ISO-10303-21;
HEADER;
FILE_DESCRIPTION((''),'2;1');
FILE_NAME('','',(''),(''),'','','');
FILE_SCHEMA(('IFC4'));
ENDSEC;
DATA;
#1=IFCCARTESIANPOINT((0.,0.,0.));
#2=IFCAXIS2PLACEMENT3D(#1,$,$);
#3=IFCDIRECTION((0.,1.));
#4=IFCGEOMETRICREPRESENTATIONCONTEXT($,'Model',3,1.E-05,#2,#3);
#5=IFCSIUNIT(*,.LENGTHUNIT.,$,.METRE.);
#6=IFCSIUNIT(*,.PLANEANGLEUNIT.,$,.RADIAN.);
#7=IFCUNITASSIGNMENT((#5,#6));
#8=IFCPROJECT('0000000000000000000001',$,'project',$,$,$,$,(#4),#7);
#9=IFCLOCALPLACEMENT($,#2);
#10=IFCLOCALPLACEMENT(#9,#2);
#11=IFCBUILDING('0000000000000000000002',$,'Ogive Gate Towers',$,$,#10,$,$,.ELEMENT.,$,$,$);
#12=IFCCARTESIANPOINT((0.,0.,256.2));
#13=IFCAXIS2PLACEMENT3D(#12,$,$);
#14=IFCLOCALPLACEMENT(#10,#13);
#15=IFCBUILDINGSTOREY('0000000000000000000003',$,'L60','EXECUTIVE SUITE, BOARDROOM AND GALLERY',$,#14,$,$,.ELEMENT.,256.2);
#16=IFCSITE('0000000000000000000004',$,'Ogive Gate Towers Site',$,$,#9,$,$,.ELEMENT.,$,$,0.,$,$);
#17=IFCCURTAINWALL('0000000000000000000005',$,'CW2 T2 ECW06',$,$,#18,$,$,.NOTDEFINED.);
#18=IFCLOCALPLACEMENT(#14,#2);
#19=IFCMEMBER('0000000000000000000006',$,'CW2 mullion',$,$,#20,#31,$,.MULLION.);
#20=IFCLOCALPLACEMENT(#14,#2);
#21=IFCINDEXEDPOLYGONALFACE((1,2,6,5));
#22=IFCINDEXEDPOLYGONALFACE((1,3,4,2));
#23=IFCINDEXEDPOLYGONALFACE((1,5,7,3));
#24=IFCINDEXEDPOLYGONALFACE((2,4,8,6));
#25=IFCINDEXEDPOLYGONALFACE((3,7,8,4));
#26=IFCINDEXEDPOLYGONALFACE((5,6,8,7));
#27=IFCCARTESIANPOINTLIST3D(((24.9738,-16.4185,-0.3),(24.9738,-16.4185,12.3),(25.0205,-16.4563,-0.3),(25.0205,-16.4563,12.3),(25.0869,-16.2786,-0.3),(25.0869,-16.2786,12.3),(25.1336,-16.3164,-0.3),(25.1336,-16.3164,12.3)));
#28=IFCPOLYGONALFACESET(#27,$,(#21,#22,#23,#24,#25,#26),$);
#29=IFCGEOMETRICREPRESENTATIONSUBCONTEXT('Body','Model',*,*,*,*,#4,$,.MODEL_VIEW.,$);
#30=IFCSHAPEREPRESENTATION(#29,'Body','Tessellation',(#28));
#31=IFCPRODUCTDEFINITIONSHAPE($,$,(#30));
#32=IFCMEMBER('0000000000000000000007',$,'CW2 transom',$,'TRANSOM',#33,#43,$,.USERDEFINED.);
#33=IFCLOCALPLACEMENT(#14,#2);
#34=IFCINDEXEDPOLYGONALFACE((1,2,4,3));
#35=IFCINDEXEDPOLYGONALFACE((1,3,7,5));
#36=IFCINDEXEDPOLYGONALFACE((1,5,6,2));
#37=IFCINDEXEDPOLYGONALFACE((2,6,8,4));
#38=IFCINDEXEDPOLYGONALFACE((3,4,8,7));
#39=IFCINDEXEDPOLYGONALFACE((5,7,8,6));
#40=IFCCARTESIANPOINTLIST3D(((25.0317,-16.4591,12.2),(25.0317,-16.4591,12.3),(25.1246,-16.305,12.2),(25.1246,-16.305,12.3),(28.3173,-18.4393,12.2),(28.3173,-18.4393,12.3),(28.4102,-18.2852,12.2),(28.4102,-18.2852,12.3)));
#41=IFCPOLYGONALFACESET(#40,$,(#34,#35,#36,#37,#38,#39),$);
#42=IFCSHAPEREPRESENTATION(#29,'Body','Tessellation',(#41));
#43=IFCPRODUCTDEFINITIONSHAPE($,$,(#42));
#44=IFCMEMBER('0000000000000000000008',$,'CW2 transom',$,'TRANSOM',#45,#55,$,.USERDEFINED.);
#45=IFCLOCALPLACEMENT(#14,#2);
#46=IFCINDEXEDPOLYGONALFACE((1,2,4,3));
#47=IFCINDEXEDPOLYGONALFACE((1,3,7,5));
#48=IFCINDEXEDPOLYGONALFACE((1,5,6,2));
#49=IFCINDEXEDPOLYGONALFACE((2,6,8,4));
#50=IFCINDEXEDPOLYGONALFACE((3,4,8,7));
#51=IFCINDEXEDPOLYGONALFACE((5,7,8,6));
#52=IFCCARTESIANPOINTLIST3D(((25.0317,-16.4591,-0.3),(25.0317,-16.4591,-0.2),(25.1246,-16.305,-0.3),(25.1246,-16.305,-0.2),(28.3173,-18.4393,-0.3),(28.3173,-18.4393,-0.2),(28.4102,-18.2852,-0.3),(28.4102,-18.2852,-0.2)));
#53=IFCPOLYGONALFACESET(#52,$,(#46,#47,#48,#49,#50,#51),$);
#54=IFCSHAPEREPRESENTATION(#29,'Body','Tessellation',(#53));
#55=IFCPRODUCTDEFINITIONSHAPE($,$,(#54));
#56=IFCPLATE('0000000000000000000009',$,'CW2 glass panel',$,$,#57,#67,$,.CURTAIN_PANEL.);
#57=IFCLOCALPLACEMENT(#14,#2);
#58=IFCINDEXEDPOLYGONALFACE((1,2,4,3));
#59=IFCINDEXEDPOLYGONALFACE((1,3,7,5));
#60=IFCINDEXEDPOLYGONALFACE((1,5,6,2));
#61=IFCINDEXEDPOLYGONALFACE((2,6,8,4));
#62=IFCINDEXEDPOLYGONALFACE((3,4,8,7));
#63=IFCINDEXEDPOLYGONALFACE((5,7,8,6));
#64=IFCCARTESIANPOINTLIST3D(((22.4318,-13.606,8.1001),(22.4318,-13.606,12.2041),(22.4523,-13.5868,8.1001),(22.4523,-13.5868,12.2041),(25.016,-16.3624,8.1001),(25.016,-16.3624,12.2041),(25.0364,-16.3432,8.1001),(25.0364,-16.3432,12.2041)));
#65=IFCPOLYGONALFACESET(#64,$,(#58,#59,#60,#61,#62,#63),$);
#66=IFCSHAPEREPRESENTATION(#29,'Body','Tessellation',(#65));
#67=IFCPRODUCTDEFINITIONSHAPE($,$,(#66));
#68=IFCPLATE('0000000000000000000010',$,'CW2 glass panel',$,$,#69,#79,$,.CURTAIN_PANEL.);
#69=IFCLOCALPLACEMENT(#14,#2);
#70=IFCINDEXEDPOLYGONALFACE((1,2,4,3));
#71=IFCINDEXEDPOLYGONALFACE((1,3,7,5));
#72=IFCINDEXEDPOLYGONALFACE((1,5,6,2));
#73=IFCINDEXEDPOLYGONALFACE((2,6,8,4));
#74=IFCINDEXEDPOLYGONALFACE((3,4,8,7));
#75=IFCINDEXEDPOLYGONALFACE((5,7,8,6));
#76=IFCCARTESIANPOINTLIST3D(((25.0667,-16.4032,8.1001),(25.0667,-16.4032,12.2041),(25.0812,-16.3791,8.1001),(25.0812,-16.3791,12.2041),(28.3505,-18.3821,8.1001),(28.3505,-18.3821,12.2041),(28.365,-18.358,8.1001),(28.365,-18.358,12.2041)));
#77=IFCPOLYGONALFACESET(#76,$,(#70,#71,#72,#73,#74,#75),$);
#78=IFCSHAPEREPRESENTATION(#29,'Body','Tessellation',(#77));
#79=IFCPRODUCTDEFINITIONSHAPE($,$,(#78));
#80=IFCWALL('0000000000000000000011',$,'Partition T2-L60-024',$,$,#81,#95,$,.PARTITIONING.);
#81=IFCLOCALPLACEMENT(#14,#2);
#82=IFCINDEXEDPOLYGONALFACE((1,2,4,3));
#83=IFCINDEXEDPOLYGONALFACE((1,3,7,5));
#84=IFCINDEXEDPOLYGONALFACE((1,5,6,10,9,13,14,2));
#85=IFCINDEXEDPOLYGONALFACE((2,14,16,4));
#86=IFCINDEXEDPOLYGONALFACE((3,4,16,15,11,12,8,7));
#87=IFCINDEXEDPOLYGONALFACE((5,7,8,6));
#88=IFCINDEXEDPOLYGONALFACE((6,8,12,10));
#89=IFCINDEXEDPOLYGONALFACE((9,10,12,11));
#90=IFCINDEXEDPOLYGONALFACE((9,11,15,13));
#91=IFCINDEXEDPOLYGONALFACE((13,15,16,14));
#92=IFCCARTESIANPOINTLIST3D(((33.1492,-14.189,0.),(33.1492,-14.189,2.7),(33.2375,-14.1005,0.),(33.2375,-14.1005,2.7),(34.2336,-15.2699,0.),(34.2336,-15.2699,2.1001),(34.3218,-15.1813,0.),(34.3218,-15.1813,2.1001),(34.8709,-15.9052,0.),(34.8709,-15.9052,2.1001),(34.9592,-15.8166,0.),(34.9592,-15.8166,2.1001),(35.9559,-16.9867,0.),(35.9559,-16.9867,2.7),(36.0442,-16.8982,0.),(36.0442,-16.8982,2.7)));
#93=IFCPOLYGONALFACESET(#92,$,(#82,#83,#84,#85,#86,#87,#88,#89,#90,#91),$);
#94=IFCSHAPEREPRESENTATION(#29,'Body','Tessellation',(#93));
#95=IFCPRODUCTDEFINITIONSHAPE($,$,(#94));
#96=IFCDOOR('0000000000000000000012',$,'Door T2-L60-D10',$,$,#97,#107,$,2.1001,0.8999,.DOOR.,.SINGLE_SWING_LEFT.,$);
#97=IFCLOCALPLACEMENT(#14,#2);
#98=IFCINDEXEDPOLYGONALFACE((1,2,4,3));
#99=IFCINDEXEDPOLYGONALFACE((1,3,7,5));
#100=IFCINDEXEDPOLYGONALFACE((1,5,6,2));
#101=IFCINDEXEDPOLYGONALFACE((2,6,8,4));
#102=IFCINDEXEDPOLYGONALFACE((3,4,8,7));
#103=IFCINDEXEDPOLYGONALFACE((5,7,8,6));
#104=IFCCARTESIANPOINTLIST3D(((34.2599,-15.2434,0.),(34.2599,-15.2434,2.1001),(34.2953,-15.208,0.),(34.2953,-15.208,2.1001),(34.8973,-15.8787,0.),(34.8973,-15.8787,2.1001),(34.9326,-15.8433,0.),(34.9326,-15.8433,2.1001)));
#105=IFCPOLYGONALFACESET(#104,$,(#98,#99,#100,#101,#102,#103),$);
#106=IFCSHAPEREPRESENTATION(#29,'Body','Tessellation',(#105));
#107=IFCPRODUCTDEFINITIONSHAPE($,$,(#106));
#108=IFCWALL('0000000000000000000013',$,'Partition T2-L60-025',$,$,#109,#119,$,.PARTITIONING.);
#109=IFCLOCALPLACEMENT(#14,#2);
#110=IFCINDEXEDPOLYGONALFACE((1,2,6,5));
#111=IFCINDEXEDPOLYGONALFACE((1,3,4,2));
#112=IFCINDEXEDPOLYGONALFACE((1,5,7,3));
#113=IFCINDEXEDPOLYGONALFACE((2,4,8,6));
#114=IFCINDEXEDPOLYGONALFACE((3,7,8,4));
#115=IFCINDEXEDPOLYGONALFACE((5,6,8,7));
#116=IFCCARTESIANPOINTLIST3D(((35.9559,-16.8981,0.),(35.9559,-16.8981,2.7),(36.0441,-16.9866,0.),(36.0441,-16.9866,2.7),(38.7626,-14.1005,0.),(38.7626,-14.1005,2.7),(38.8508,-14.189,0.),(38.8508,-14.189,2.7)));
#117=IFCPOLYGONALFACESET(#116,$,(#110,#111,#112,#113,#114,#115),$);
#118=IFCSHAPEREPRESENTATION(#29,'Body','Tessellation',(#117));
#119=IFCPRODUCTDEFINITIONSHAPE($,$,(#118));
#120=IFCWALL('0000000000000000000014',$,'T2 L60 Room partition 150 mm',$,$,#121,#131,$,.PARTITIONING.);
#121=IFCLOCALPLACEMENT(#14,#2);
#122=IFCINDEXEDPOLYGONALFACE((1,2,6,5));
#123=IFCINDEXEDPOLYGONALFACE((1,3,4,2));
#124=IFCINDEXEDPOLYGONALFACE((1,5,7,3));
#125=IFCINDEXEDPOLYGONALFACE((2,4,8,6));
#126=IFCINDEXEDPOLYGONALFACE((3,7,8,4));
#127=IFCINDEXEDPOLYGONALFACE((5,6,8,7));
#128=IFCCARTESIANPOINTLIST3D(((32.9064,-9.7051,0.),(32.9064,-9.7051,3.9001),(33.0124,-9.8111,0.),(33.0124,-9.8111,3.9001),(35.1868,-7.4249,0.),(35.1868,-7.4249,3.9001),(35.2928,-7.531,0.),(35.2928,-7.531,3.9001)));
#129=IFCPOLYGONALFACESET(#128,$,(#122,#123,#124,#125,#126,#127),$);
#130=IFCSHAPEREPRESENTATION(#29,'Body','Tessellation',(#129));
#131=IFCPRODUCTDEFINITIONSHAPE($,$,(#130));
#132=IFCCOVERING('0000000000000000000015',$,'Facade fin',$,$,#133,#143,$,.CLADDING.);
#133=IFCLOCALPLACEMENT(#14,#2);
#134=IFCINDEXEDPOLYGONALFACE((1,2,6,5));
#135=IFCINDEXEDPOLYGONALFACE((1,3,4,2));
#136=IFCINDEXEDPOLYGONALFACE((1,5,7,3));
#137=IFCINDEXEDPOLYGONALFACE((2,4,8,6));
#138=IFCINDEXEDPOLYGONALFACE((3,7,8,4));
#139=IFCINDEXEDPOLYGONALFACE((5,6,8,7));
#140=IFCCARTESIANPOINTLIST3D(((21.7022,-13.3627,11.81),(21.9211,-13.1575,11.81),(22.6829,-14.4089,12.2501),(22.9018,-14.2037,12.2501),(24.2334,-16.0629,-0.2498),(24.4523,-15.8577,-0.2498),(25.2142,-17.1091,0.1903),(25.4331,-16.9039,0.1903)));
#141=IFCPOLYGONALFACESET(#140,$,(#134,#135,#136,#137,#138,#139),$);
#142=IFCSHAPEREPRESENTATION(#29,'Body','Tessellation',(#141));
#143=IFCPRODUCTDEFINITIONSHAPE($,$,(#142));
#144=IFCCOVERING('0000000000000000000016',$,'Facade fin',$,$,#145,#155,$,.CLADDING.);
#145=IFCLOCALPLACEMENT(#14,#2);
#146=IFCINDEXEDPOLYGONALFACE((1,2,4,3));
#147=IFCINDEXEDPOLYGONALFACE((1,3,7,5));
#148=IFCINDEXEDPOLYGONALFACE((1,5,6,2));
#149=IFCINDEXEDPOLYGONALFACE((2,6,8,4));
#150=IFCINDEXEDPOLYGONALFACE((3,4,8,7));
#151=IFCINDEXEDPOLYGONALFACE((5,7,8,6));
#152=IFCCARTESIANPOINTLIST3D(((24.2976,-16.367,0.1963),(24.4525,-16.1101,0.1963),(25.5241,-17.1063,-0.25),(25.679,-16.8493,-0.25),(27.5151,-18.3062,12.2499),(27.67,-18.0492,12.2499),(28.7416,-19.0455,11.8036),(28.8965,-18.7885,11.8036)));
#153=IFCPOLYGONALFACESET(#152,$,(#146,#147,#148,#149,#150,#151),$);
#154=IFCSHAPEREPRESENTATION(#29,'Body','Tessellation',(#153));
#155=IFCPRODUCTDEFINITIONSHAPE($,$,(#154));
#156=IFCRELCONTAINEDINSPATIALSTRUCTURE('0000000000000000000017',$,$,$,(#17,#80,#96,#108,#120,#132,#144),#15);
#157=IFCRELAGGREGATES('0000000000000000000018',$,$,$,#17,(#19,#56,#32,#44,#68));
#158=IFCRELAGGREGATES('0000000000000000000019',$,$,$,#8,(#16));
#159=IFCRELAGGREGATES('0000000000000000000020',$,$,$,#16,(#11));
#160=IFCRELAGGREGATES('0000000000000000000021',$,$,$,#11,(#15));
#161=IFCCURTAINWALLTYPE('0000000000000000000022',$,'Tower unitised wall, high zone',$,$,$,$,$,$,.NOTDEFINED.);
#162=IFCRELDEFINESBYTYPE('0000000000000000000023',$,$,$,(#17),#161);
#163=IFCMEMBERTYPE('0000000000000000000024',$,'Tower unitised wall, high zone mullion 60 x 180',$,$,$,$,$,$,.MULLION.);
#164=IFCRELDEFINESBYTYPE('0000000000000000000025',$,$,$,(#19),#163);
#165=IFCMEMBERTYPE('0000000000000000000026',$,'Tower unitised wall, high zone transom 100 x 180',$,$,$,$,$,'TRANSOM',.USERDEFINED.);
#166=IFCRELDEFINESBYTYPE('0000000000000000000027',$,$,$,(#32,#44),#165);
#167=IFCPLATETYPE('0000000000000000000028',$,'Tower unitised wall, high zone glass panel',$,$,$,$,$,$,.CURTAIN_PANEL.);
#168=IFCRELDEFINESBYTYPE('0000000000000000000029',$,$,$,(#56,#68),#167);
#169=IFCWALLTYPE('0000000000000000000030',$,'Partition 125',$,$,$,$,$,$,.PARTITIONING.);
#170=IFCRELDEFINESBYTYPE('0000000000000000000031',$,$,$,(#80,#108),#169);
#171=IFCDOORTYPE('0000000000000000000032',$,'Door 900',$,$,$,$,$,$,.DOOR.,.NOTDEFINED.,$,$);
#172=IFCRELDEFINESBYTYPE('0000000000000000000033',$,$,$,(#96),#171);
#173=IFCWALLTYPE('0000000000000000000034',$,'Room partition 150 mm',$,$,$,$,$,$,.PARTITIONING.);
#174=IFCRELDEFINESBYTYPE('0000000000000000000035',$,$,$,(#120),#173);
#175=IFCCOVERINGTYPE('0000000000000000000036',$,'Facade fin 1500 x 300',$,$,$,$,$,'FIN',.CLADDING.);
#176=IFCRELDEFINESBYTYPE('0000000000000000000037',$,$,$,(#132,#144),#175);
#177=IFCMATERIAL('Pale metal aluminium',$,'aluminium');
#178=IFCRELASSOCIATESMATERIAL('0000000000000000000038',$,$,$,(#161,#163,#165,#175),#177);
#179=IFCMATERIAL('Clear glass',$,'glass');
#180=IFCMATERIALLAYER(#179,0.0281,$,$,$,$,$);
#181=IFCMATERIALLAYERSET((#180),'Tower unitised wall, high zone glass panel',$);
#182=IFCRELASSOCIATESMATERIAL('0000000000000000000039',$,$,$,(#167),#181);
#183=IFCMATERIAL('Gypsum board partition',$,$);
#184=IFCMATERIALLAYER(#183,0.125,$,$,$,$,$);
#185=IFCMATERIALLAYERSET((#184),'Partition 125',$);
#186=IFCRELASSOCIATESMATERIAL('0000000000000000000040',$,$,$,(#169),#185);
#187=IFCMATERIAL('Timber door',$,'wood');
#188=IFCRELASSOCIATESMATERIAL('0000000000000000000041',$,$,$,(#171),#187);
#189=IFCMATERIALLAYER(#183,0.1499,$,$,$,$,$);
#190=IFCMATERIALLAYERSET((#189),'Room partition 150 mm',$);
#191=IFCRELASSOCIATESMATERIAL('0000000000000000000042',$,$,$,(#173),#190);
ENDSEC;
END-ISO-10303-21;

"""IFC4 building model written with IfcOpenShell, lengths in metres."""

from ifc_helpers import new_model, si_unit, direction, frame, frame_2d, origin, origin_2d, place, context, subcontext, project, spatial, rectangle, extrude, material, layer, layer_set, material_profile, profile_set, type_object, element, fill, aggregate, save


model = new_model("IFC4")

# Units and contexts
model_context = context("Model", 3, precision=1e-05, world=origin(), true_north=direction((0.0, 1.0)))
body_context = subcontext(model_context, "Body", "Model", "MODEL_VIEW")
ifc_project = project(units=[si_unit("LENGTHUNIT", "METRE"), si_unit("PLANEANGLEUNIT", "RADIAN")], contexts=[model_context])

# Site, building, storey
site_placement = place(None, origin())
site = spatial("IfcSite", under=ifc_project, at=site_placement, Name="Ogive Gate Towers Site", CompositionType="ELEMENT", RefElevation=0.0)
building_placement = place(site_placement, origin())
building = spatial("IfcBuilding", under=site, at=building_placement, Name="Ogive Gate Towers", CompositionType="ELEMENT")
storey_placement = place(building_placement, frame((0.0, 0.0, 256.2)))
storey = spatial("IfcBuildingStorey", under=building, at=storey_placement, Name="L60", Description="EXECUTIVE SUITE, BOARDROOM AND GALLERY", CompositionType="ELEMENT", Elevation=256.2)

# Curtain wall, members, plates
ifc_material_1 = material(Name="Pale metal aluminium", Category="aluminium")
curtain_wall_type = type_object("IfcCurtainWallType", Name="Tower unitised wall, high zone", PredefinedType="NOTDEFINED", material=ifc_material_1)
curtain_wall_placement = place(storey_placement, origin())
curtain_wall = element("IfcCurtainWall", 1, at=curtain_wall_placement, inside=storey, type_object=curtain_wall_type, Name="CW2 T2 ECW06", PredefinedType="NOTDEFINED")
ifc_material_profile_1 = material_profile(ifc_material_1, rectangle(XDim=0.1799, YDim=0.0601, at=origin_2d()), Name="60 x 180 aluminium box")
ifc_profile_set_1 = profile_set([ifc_material_profile_1], Name="Pale metal aluminium")
member_type_1 = type_object("IfcMemberType", Name="Tower unitised wall, high zone mullion 60 x 180", PredefinedType="MULLION", material=ifc_profile_set_1)
member_1_placement = place(storey_placement, frame((25.0537, -16.3674, -0.3), z_axis=(0.0, 0.0, 1.0), x_axis=(-0.628791, -0.777574, 0.0)))
member_1 = element("IfcMember", 2, at=member_1_placement, type_object=member_type_1, Name="CW2 mullion", PredefinedType="MULLION", context=body_context, shape_type="SweptSolid", body=[
    extrude(rectangle(XDim=0.1799, YDim=0.0601, at=origin_2d()), origin(), (0.0, 0.0, 1.0), 12.6001),
])
ifc_material_profile_2 = material_profile(ifc_material_1, rectangle(XDim=0.1799, YDim=0.1001, at=origin_2d()), Name="100 x 180 aluminium box")
ifc_profile_set_2 = profile_set([ifc_material_profile_2], Name="Pale metal aluminium")
member_type_2 = type_object("IfcMemberType", Name="Tower unitised wall, high zone transom 100 x 180", ElementType="TRANSOM", PredefinedType="USERDEFINED", material=ifc_profile_set_2)
member_2_placement = place(storey_placement, frame((25.0781, -16.3821, 12.25), z_axis=(0.856475, -0.516189, 0.0), x_axis=(0.516189, 0.856475, 0.0)))
member_2 = element("IfcMember", 3, at=member_2_placement, type_object=member_type_2, Name="CW2 transom", ObjectType="TRANSOM", PredefinedType="USERDEFINED", context=body_context, shape_type="SweptSolid", body=[
    extrude(rectangle(XDim=0.1799, YDim=0.1001, at=origin_2d()), origin(), (0.0, 0.0, 1.0), 3.8362),
])
member_3_placement = place(storey_placement, frame((25.0781, -16.3821, -0.25), z_axis=(0.856475, -0.516189, 0.0), x_axis=(0.516189, 0.856475, 0.0)))
member_3 = element("IfcMember", 4, at=member_3_placement, type_object=member_type_2, Name="CW2 transom", ObjectType="TRANSOM", PredefinedType="USERDEFINED", context=body_context, shape_type="SweptSolid", body=[
    extrude(rectangle(XDim=0.1799, YDim=0.1001, at=origin_2d()), origin(), (0.0, 0.0, 1.0), 3.8362),
])
ifc_material_2 = material(Name="Clear glass", Category="glass")
ifc_layer_1 = layer(ifc_material_2, 0.0281)
ifc_layer_set_1 = layer_set([ifc_layer_1], Name="Tower unitised wall, high zone glass panel")
plate_type = type_object("IfcPlateType", Name="Tower unitised wall, high zone glass panel", PredefinedType="CURTAIN_PANEL", material=ifc_layer_set_1)
plate_1_placement = place(storey_placement, frame((23.7341, -14.9746, 8.1001), z_axis=(0.0, 0.0, 1.0), x_axis=(0.683936, -0.729542, 0.0)))
plate_1 = element("IfcPlate", 5, at=plate_1_placement, type_object=plate_type, Name="CW2 glass panel", PredefinedType="CURTAIN_PANEL", context=body_context, shape_type="SweptSolid", body=[
    extrude(rectangle(XDim=3.7783, YDim=0.0281, at=origin_2d()), origin(), (0.0, 0.0, 1.0), 4.104),
])
plate_2_placement = place(storey_placement, frame((26.7158, -17.3806, 8.1001), z_axis=(0.0, 0.0, 1.0), x_axis=(0.856501, -0.516145, 0.0)))
plate_2 = element("IfcPlate", 6, at=plate_2_placement, type_object=plate_type, Name="CW2 glass panel", PredefinedType="CURTAIN_PANEL", context=body_context, shape_type="SweptSolid", body=[
    extrude(rectangle(XDim=3.834, YDim=0.0281, at=origin_2d()), origin(), (0.0, 0.0, 1.0), 4.104),
])
aggregate(curtain_wall, [member_1, plate_1, member_2, member_3, plate_2])

# Wall, opening, door
ifc_material_3 = material(Name="Gypsum board partition")
ifc_layer_2 = layer(ifc_material_3, 0.125)
ifc_layer_set_2 = layer_set([ifc_layer_2], Name="Partition 125")
wall_type_1 = type_object("IfcWallType", Name="Partition 125", PredefinedType="PARTITIONING", material=ifc_layer_set_2)
wall_1_placement = place(storey_placement, frame((33.1934, -14.1448, 0.0), z_axis=(0.0, 0.0, 1.0), x_axis=(0.708246, -0.705966, 0.0)))
wall_1 = element("IfcWall", 7, at=wall_1_placement, inside=storey, type_object=wall_type_1, Name="Partition T2-L60-024", PredefinedType="PARTITIONING", context=body_context, shape_type="SweptSolid", body=[
    extrude(rectangle(XDim=3.9629, YDim=0.125, at=frame_2d((1.9814, 0.0))), origin(), (0.0, 0.0, 1.0), 2.7),
])
opening_placement = place(wall_1_placement, frame((1.531, 0.0, 0.0)))
opening = element("IfcOpeningElement", 8, at=opening_placement, cuts=wall_1, PredefinedType="OPENING", context=body_context, shape_type="SweptSolid", body=[
    extrude(rectangle(XDim=0.8999, YDim=2.1001, at=frame_2d((0.45, 1.05))), frame((0.0, 0.0725, 0.0), z_axis=(0.0, -1.0, 0.0), x_axis=(1.0, 0.0, 0.0)), (0.0, 0.0, 1.0), 0.145),
])
ifc_material_4 = material(Name="Timber door", Category="wood")
door_type = type_object("IfcDoorType", Name="Door 900", OperationType="NOTDEFINED", PredefinedType="DOOR", material=ifc_material_4)
door_placement = place(opening_placement, origin())
door = element("IfcDoor", 9, at=door_placement, inside=storey, type_object=door_type, Name="Door T2-L60-D10", OperationType="SINGLE_SWING_LEFT", OverallHeight=2.1001, OverallWidth=0.8999, PredefinedType="DOOR", context=body_context, shape_type="SweptSolid", body=[
    extrude(rectangle(XDim=0.8999, YDim=2.1001, at=frame_2d((0.45, 1.05))), frame((0.0, 0.0249, 0.0), z_axis=(0.0, -1.0, 0.0), x_axis=(1.0, 0.0, 0.0)), (0.0, 0.0, 1.0), 0.05),
])
fill(opening, door)

# Walls
wall_2_placement = place(storey_placement, frame((36.0, -16.9424, 0.0), z_axis=(0.0, 0.0, 1.0), x_axis=(0.708246, 0.705966, 0.0)))
element("IfcWall", 10, at=wall_2_placement, inside=storey, type_object=wall_type_1, Name="Partition T2-L60-025", PredefinedType="PARTITIONING", context=body_context, shape_type="SweptSolid", body=[
    extrude(rectangle(XDim=3.9629, YDim=0.125, at=frame_2d((1.9814, 0.0))), origin(), (0.0, 0.0, 1.0), 2.7),
])
ifc_layer_3 = layer(ifc_material_3, 0.1499)
ifc_layer_set_3 = layer_set([ifc_layer_3], Name="Room partition 150 mm")
wall_type_2 = type_object("IfcWallType", Name="Room partition 150 mm", PredefinedType="PARTITIONING", material=ifc_layer_set_3)
wall_3_placement = place(storey_placement, frame((32.9595, -9.7581, 0.0), z_axis=(0.0, 0.0, 1.0), x_axis=(0.707145, 0.707069, 0.0)))
element("IfcWall", 11, at=wall_3_placement, inside=storey, type_object=wall_type_2, Name="T2 L60 Room partition 150 mm", PredefinedType="PARTITIONING", context=body_context, shape_type="SweptSolid", body=[
    extrude(rectangle(XDim=3.2249, YDim=0.1499, at=frame_2d((1.6123, 0.0))), origin(), (0.0, 0.0, 1.0), 3.9001),
])

# Coverings
ifc_material_profile_3 = material_profile(ifc_material_1, rectangle(XDim=0.3, YDim=1.5, at=origin_2d()), Name="1500 x 300 pale metal aluminium")
ifc_profile_set_3 = profile_set([ifc_material_profile_3], Name="Pale metal aluminium")
covering_type = type_object("IfcCoveringType", Name="Facade fin 1500 x 300", ElementType="FIN", PredefinedType="CLADDING", material=ifc_profile_set_3)
covering_1_placement = place(storey_placement, frame((24.8333, -16.4834, -0.0298), z_axis=(-0.200654, 0.214047, 0.955993), x_axis=(-0.729562, -0.683915, 0.0)))
element("IfcCovering", 12, at=covering_1_placement, inside=storey, type_object=covering_type, Name="Facade fin", PredefinedType="CLADDING", context=body_context, shape_type="SweptSolid", body=[
    extrude(rectangle(XDim=0.3, YDim=1.5, at=origin_2d()), origin(), (0.0, 0.0, 1.0), 12.615),
])
covering_2_placement = place(storey_placement, frame((24.9883, -16.6082, -0.0269), z_axis=(0.254842, -0.153594, 0.954706), x_axis=(0.516196, 0.856471, 0.0)))
element("IfcCovering", 13, at=covering_2_placement, inside=storey, type_object=covering_type, Name="Facade fin", PredefinedType="CLADDING", context=body_context, shape_type="SweptSolid", body=[
    extrude(rectangle(XDim=0.3, YDim=1.5, at=origin_2d()), origin(), (0.0, 0.0, 1.0), 12.6255),
])

save(model, "model.ifc")
